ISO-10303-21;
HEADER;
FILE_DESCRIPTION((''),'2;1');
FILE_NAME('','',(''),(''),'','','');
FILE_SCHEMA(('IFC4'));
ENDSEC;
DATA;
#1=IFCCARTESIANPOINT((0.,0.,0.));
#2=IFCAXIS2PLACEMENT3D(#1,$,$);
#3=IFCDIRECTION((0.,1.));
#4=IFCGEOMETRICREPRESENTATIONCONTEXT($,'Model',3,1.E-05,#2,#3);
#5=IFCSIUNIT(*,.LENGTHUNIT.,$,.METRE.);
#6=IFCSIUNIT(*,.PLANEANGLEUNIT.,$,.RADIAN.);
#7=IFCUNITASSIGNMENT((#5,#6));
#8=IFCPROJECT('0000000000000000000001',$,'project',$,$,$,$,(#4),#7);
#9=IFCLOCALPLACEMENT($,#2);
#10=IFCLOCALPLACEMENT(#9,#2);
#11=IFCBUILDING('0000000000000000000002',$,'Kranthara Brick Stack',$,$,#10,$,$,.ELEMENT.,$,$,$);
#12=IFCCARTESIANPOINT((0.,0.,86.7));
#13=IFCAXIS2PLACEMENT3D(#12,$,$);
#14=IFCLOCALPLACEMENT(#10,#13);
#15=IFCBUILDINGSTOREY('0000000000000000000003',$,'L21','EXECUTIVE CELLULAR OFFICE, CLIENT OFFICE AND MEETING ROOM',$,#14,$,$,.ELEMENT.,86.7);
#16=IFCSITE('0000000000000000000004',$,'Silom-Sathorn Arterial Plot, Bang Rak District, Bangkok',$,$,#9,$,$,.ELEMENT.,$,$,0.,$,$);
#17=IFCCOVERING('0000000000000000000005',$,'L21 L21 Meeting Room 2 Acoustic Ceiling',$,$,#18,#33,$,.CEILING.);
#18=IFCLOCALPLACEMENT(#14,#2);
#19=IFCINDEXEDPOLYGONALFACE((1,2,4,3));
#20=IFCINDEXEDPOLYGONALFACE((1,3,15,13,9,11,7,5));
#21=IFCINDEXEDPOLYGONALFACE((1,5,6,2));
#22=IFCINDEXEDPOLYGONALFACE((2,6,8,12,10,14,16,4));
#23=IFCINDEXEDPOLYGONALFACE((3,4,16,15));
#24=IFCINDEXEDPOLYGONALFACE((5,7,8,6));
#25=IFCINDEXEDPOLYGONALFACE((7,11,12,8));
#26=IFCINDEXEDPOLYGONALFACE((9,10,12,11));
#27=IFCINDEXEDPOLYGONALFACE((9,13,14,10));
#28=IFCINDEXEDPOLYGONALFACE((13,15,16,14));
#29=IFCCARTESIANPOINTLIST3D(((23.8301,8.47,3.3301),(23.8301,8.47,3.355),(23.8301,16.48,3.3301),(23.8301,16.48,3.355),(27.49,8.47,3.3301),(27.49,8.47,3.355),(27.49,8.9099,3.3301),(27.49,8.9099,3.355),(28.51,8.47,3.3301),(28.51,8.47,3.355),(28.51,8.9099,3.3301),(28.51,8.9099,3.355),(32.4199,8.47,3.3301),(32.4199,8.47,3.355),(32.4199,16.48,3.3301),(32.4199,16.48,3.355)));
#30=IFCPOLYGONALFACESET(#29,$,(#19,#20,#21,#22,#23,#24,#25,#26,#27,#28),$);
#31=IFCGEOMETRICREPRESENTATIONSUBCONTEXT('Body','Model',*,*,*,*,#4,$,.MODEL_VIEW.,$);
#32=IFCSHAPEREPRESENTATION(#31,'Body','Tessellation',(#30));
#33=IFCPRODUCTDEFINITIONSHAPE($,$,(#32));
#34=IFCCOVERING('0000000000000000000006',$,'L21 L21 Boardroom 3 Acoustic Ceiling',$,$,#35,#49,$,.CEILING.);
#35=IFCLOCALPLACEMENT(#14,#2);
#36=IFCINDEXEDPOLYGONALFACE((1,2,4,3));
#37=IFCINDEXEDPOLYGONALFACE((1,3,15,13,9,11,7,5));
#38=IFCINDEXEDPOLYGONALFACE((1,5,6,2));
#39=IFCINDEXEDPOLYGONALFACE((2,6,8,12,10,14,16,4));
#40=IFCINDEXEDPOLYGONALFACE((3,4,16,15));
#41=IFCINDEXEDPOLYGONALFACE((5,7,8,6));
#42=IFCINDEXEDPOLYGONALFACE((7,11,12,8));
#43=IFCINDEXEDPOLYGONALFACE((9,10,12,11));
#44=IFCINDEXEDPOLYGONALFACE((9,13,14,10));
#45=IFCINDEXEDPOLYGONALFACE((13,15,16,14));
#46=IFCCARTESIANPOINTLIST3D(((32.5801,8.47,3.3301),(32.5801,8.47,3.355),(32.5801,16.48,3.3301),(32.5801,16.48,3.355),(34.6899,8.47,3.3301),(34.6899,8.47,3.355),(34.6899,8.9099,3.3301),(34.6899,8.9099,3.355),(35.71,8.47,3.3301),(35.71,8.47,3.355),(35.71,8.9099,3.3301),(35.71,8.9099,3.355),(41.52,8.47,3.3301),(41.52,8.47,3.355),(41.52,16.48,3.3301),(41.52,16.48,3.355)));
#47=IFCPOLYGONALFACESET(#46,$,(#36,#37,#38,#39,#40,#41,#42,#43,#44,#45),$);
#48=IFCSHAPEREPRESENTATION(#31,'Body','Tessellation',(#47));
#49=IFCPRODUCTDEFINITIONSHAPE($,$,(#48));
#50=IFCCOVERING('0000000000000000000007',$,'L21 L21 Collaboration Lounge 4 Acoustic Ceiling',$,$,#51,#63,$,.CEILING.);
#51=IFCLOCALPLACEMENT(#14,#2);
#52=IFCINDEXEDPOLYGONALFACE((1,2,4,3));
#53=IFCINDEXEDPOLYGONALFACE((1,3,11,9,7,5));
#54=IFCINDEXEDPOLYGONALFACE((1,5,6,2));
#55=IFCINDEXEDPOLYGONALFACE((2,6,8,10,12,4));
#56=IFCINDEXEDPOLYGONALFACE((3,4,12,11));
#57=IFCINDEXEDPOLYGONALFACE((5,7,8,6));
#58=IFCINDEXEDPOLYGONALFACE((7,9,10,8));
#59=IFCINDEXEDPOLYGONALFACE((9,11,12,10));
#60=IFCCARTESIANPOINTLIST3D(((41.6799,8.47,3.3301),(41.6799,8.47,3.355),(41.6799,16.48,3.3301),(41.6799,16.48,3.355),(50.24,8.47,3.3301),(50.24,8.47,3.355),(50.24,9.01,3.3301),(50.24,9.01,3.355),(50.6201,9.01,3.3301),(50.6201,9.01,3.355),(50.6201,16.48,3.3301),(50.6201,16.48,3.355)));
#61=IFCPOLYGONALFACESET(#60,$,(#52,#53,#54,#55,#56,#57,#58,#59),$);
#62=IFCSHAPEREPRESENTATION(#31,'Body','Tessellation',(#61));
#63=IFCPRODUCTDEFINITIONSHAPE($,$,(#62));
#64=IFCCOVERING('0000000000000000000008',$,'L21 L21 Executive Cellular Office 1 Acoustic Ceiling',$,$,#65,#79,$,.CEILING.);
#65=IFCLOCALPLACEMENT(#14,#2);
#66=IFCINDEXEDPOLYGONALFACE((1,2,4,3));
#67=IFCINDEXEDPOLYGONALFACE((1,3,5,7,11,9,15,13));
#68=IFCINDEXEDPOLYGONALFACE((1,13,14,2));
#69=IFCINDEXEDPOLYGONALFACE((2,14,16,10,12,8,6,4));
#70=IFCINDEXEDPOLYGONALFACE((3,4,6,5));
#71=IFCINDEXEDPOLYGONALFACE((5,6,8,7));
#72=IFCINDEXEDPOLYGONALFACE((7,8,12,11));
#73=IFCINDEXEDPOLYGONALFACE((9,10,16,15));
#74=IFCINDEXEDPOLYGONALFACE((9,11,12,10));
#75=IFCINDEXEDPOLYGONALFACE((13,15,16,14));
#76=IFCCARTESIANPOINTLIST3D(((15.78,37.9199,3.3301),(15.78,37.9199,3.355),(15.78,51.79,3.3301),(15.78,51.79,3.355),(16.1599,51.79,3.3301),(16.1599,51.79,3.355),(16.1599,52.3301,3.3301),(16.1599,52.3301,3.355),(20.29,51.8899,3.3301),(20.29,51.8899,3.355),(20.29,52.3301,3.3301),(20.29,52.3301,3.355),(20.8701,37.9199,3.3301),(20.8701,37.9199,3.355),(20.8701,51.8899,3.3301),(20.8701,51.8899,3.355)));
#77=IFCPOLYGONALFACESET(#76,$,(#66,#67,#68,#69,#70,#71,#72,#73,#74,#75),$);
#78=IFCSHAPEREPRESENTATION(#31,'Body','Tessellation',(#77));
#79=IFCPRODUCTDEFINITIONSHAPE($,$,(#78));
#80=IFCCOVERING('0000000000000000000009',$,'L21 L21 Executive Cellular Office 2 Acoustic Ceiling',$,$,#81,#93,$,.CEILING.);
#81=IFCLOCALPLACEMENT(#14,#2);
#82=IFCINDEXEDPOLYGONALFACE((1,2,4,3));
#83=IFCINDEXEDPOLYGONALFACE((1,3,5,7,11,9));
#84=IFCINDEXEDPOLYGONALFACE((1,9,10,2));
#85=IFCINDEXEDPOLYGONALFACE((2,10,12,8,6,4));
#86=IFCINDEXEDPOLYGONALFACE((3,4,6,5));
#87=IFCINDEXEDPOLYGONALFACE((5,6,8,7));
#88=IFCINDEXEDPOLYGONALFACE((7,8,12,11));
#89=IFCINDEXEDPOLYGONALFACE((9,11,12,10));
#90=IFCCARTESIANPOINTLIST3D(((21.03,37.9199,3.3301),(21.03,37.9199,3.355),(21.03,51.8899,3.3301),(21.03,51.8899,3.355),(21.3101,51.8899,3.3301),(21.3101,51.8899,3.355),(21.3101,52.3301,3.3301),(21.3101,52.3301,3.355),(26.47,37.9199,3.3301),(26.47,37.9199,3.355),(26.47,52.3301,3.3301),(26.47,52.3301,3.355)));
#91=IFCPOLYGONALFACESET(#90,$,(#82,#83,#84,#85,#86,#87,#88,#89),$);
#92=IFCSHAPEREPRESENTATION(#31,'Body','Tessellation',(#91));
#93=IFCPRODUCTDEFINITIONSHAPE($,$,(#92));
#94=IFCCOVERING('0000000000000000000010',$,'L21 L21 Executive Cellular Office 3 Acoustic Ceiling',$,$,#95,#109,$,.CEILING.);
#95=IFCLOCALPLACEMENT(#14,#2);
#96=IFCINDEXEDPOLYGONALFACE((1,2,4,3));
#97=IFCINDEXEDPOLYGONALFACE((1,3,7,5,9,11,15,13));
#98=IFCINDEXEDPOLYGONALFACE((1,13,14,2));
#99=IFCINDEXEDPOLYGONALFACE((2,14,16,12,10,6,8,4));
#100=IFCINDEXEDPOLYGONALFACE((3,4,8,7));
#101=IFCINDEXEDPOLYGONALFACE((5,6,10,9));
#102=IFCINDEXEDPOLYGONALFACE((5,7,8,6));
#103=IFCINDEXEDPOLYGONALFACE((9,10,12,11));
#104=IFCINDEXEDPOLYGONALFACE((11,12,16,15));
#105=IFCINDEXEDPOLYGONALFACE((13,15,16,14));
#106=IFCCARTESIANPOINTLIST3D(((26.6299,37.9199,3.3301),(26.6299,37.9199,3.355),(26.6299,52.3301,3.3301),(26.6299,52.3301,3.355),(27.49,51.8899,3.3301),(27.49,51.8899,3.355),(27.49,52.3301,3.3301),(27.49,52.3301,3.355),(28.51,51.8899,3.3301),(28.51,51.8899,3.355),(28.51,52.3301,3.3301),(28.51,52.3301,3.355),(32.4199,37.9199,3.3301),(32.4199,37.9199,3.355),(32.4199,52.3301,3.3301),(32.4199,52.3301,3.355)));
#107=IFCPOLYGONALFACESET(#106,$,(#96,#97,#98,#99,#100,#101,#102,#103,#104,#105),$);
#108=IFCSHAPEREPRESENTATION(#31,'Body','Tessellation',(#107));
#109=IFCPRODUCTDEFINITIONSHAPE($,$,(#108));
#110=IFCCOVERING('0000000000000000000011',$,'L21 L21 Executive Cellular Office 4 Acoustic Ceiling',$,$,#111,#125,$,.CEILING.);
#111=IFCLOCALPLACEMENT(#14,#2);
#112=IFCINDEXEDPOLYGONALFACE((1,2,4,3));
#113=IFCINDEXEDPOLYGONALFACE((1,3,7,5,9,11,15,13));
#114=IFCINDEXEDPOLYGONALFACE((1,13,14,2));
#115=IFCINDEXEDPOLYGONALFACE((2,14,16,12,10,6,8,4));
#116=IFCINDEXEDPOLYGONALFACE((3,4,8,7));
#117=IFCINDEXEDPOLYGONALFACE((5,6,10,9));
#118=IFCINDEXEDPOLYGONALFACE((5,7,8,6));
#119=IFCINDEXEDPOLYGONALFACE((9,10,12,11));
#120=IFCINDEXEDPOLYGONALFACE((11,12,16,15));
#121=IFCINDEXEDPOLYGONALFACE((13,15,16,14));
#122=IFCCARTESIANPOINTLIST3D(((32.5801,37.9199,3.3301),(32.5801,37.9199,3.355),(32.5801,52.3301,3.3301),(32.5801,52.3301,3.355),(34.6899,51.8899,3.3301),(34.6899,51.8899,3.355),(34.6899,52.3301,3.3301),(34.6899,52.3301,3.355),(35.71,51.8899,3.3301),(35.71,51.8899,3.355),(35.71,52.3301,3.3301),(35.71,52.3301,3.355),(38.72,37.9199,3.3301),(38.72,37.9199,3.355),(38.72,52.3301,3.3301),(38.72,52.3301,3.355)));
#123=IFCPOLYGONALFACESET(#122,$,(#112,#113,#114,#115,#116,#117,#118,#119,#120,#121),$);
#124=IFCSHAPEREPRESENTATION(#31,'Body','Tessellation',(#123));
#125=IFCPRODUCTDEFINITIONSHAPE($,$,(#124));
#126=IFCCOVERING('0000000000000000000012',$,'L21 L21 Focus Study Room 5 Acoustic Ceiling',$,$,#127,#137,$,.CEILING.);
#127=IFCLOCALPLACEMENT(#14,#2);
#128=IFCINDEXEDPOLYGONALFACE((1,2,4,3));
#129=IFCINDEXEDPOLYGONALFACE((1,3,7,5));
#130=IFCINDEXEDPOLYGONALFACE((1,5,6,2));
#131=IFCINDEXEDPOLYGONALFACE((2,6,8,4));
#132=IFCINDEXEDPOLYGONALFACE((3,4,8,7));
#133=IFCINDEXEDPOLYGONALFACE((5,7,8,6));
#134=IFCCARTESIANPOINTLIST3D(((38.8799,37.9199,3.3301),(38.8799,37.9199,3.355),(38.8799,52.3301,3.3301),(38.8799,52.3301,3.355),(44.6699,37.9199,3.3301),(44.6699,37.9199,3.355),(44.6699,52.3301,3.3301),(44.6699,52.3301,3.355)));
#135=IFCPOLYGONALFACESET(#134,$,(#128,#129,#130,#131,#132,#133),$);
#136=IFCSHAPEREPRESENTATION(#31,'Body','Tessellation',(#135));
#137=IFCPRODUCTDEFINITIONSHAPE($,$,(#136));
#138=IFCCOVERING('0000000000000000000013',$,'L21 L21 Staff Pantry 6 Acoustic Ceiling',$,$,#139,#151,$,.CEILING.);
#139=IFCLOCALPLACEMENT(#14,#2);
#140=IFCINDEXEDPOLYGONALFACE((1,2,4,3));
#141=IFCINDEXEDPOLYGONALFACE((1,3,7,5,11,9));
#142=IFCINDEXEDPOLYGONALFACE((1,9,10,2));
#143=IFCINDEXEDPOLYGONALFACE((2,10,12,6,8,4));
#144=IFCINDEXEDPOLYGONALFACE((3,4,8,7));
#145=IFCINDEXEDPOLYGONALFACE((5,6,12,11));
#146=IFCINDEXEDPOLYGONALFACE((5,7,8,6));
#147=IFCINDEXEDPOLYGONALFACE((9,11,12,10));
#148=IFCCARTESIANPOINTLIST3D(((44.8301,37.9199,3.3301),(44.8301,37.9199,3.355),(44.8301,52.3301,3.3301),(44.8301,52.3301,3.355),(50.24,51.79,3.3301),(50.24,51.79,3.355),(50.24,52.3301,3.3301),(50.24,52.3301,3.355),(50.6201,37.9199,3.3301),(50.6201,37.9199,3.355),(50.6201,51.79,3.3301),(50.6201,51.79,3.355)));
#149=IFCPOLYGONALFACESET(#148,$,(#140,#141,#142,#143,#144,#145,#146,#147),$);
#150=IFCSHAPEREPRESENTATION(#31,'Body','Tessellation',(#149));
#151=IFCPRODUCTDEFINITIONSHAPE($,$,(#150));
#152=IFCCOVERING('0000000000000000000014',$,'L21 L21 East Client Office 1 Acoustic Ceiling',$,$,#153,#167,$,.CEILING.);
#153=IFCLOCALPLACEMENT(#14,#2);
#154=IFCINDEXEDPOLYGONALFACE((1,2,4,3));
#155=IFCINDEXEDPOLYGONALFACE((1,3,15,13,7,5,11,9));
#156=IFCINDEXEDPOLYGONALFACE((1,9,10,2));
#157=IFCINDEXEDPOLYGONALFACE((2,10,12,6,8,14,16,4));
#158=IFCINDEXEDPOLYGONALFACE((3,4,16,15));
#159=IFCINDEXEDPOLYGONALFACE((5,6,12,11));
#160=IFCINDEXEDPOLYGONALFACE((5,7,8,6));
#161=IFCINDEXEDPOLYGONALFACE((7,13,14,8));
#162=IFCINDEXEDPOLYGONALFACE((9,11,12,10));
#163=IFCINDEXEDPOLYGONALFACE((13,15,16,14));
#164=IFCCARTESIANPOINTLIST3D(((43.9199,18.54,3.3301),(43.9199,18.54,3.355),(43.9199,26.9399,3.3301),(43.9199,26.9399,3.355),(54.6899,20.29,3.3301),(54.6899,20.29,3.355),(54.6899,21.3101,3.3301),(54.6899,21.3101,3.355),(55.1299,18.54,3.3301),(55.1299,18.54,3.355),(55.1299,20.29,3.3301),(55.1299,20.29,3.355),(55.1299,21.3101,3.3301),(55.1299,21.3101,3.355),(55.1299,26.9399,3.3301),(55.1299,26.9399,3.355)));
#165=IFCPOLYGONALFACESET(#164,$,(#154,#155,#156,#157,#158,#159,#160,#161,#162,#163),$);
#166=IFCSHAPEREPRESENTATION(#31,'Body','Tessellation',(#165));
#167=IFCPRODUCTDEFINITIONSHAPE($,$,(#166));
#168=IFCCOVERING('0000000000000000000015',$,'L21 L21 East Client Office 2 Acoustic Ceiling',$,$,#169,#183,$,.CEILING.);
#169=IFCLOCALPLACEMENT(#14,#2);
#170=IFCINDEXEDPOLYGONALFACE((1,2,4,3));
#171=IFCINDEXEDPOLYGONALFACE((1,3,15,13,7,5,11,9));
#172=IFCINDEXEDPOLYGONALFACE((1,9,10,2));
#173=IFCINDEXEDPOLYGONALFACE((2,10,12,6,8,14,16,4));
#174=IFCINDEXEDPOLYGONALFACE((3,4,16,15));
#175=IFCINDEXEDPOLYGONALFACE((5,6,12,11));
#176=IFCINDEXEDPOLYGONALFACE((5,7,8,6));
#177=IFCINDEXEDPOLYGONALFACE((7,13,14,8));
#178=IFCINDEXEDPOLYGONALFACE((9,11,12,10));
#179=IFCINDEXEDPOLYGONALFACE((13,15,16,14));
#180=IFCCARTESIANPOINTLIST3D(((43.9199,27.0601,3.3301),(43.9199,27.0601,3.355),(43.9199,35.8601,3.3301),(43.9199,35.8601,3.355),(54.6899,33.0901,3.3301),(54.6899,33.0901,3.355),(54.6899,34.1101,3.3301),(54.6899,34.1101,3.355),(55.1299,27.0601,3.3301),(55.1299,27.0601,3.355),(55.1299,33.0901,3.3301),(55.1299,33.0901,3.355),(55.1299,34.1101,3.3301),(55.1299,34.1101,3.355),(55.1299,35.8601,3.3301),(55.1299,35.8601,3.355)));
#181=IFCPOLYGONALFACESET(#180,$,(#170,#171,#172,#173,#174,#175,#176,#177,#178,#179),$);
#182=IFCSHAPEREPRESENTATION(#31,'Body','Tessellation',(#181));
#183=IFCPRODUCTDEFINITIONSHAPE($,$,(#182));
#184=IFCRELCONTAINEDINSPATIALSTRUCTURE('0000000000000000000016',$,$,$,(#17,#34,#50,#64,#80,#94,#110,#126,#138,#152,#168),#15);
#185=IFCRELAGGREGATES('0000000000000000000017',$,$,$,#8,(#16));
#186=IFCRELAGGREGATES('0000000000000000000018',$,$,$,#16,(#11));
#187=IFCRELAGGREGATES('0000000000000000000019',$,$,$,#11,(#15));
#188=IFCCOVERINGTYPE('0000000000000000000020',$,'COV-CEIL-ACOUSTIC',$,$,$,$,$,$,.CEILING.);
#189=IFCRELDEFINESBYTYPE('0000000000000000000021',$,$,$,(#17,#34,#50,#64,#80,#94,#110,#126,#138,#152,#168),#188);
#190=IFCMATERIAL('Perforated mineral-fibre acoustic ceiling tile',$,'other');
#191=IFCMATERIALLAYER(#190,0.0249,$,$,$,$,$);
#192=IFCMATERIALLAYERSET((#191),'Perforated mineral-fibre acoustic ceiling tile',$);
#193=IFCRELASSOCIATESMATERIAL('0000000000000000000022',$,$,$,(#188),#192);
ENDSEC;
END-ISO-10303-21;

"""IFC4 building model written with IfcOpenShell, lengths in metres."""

from ifc_helpers import new_model, si_unit, direction, frame, origin, place, context, subcontext, project, spatial, polyline, outline, extrude, material, layer, layer_set, type_object, element, save


model = new_model("IFC4")

# Units and contexts
model_context = context("Model", 3, precision=1e-05, world=origin(), true_north=direction((0.0, 1.0)))
body_context = subcontext(model_context, "Body", "Model", "MODEL_VIEW")
ifc_project = project(units=[si_unit("LENGTHUNIT", "METRE"), si_unit("PLANEANGLEUNIT", "RADIAN")], contexts=[model_context])

# Site, building, storey
site_placement = place(None, origin())
site = spatial("IfcSite", under=ifc_project, at=site_placement, Name="Silom-Sathorn Arterial Plot, Bang Rak District, Bangkok", CompositionType="ELEMENT", RefElevation=0.0)
building_placement = place(site_placement, origin())
building = spatial("IfcBuilding", under=site, at=building_placement, Name="Kranthara Brick Stack", CompositionType="ELEMENT")
storey_placement = place(building_placement, frame((0.0, 0.0, 86.7)))
storey = spatial("IfcBuildingStorey", under=building, at=storey_placement, Name="L21", Description="EXECUTIVE CELLULAR OFFICE, CLIENT OFFICE AND MEETING ROOM", CompositionType="ELEMENT", Elevation=86.7)

# Coverings
ifc_material_1 = material(Name="Perforated mineral-fibre acoustic ceiling tile", Category="other")
ifc_layer_1 = layer(ifc_material_1, 0.0249)
ifc_layer_set_1 = layer_set([ifc_layer_1], Name="Perforated mineral-fibre acoustic ceiling tile")
covering_type_1 = type_object("IfcCoveringType", Name="COV-CEIL-ACOUSTIC", PredefinedType="CEILING", material=ifc_layer_set_1)
covering_1_placement = place(storey_placement, frame((0.0, 0.0, 3.3301)))
element("IfcCovering", 1, at=covering_1_placement, inside=storey, type_object=covering_type_1, Name="L21 L21 Meeting Room 2 Acoustic Ceiling", PredefinedType="CEILING", context=body_context, shape_type="SweptSolid", body=[
    extrude(outline(polyline([(23.8301, 8.47), (23.8301, 16.48), (32.4199, 16.48), (32.4199, 8.47), (28.51, 8.47), (28.51, 8.9099), (27.49, 8.9099), (27.49, 8.47), (23.8301, 8.47)])), origin(), (0.0, 0.0, 1.0), 0.0249),
])
covering_2_placement = place(storey_placement, frame((0.0, 0.0, 3.3301)))
element("IfcCovering", 2, at=covering_2_placement, inside=storey, type_object=covering_type_1, Name="L21 L21 Boardroom 3 Acoustic Ceiling", PredefinedType="CEILING", context=body_context, shape_type="SweptSolid", body=[
    extrude(outline(polyline([(32.5801, 8.47), (32.5801, 16.48), (41.52, 16.48), (41.52, 8.47), (35.71, 8.47), (35.71, 8.9099), (34.6899, 8.9099), (34.6899, 8.47), (32.5801, 8.47)])), origin(), (0.0, 0.0, 1.0), 0.0249),
])
covering_3_placement = place(storey_placement, frame((0.0, 0.0, 3.3301)))
element("IfcCovering", 3, at=covering_3_placement, inside=storey, type_object=covering_type_1, Name="L21 L21 Collaboration Lounge 4 Acoustic Ceiling", PredefinedType="CEILING", context=body_context, shape_type="SweptSolid", body=[
    extrude(outline(polyline([(41.6799, 8.47), (41.6799, 16.48), (50.6201, 16.48), (50.6201, 9.01), (50.24, 9.01), (50.24, 8.47), (41.6799, 8.47)])), origin(), (0.0, 0.0, 1.0), 0.0249),
])
covering_4_placement = place(storey_placement, frame((0.0, 0.0, 3.3301)))
element("IfcCovering", 4, at=covering_4_placement, inside=storey, type_object=covering_type_1, Name="L21 L21 Executive Cellular Office 1 Acoustic Ceiling", PredefinedType="CEILING", context=body_context, shape_type="SweptSolid", body=[
    extrude(outline(polyline([(20.8701, 37.9199), (15.78, 37.9199), (15.78, 51.79), (16.1599, 51.79), (16.1599, 52.3301), (20.29, 52.3301), (20.29, 51.8899), (20.8701, 51.8899), (20.8701, 37.9199)])), origin(), (0.0, 0.0, 1.0), 0.0249),
])
covering_5_placement = place(storey_placement, frame((0.0, 0.0, 3.3301)))
element("IfcCovering", 5, at=covering_5_placement, inside=storey, type_object=covering_type_1, Name="L21 L21 Executive Cellular Office 2 Acoustic Ceiling", PredefinedType="CEILING", context=body_context, shape_type="SweptSolid", body=[
    extrude(outline(polyline([(26.47, 52.3301), (26.47, 37.9199), (21.03, 37.9199), (21.03, 51.8899), (21.3101, 51.8899), (21.3101, 52.3301), (26.47, 52.3301)])), origin(), (0.0, 0.0, 1.0), 0.0249),
])
covering_6_placement = place(storey_placement, frame((0.0, 0.0, 3.3301)))
element("IfcCovering", 6, at=covering_6_placement, inside=storey, type_object=covering_type_1, Name="L21 L21 Executive Cellular Office 3 Acoustic Ceiling", PredefinedType="CEILING", context=body_context, shape_type="SweptSolid", body=[
    extrude(outline(polyline([(32.4199, 52.3301), (32.4199, 37.9199), (26.6299, 37.9199), (26.6299, 52.3301), (27.49, 52.3301), (27.49, 51.8899), (28.51, 51.8899), (28.51, 52.3301), (32.4199, 52.3301)])), origin(), (0.0, 0.0, 1.0), 0.0249),
])
covering_7_placement = place(storey_placement, frame((0.0, 0.0, 3.3301)))
element("IfcCovering", 7, at=covering_7_placement, inside=storey, type_object=covering_type_1, Name="L21 L21 Executive Cellular Office 4 Acoustic Ceiling", PredefinedType="CEILING", context=body_context, shape_type="SweptSolid", body=[
    extrude(outline(polyline([(38.72, 52.3301), (38.72, 37.9199), (32.5801, 37.9199), (32.5801, 52.3301), (34.6899, 52.3301), (34.6899, 51.8899), (35.71, 51.8899), (35.71, 52.3301), (38.72, 52.3301)])), origin(), (0.0, 0.0, 1.0), 0.0249),
])
covering_8_placement = place(storey_placement, frame((0.0, 0.0, 3.3301)))
element("IfcCovering", 8, at=covering_8_placement, inside=storey, type_object=covering_type_1, Name="L21 L21 Focus Study Room 5 Acoustic Ceiling", PredefinedType="CEILING", context=body_context, shape_type="SweptSolid", body=[
    extrude(outline(polyline([(44.6699, 37.9199), (44.6699, 52.3301), (38.8799, 52.3301), (38.8799, 37.9199), (44.6699, 37.9199)])), origin(), (0.0, 0.0, 1.0), 0.0249),
])
covering_9_placement = place(storey_placement, frame((0.0, 0.0, 3.3301)))
element("IfcCovering", 9, at=covering_9_placement, inside=storey, type_object=covering_type_1, Name="L21 L21 Staff Pantry 6 Acoustic Ceiling", PredefinedType="CEILING", context=body_context, shape_type="SweptSolid", body=[
    extrude(outline(polyline([(50.6201, 37.9199), (44.8301, 37.9199), (44.8301, 52.3301), (50.24, 52.3301), (50.24, 51.79), (50.6201, 51.79), (50.6201, 37.9199)])), origin(), (0.0, 0.0, 1.0), 0.0249),
])
covering_10_placement = place(storey_placement, frame((0.0, 0.0, 3.3301)))
element("IfcCovering", 10, at=covering_10_placement, inside=storey, type_object=covering_type_1, Name="L21 L21 East Client Office 1 Acoustic Ceiling", PredefinedType="CEILING", context=body_context, shape_type="SweptSolid", body=[
    extrude(outline(polyline([(55.1299, 18.54), (43.9199, 18.54), (43.9199, 26.9399), (55.1299, 26.9399), (55.1299, 21.3101), (54.6899, 21.3101), (54.6899, 20.29), (55.1299, 20.29), (55.1299, 18.54)])), origin(), (0.0, 0.0, 1.0), 0.0249),
])
covering_11_placement = place(storey_placement, frame((0.0, 0.0, 3.3301)))
element("IfcCovering", 11, at=covering_11_placement, inside=storey, type_object=covering_type_1, Name="L21 L21 East Client Office 2 Acoustic Ceiling", PredefinedType="CEILING", context=body_context, shape_type="SweptSolid", body=[
    extrude(outline(polyline([(55.1299, 27.0601), (43.9199, 27.0601), (43.9199, 35.8601), (55.1299, 35.8601), (55.1299, 34.1101), (54.6899, 34.1101), (54.6899, 33.0901), (55.1299, 33.0901), (55.1299, 27.0601)])), origin(), (0.0, 0.0, 1.0), 0.0249),
])

save(model, "model.ifc")
